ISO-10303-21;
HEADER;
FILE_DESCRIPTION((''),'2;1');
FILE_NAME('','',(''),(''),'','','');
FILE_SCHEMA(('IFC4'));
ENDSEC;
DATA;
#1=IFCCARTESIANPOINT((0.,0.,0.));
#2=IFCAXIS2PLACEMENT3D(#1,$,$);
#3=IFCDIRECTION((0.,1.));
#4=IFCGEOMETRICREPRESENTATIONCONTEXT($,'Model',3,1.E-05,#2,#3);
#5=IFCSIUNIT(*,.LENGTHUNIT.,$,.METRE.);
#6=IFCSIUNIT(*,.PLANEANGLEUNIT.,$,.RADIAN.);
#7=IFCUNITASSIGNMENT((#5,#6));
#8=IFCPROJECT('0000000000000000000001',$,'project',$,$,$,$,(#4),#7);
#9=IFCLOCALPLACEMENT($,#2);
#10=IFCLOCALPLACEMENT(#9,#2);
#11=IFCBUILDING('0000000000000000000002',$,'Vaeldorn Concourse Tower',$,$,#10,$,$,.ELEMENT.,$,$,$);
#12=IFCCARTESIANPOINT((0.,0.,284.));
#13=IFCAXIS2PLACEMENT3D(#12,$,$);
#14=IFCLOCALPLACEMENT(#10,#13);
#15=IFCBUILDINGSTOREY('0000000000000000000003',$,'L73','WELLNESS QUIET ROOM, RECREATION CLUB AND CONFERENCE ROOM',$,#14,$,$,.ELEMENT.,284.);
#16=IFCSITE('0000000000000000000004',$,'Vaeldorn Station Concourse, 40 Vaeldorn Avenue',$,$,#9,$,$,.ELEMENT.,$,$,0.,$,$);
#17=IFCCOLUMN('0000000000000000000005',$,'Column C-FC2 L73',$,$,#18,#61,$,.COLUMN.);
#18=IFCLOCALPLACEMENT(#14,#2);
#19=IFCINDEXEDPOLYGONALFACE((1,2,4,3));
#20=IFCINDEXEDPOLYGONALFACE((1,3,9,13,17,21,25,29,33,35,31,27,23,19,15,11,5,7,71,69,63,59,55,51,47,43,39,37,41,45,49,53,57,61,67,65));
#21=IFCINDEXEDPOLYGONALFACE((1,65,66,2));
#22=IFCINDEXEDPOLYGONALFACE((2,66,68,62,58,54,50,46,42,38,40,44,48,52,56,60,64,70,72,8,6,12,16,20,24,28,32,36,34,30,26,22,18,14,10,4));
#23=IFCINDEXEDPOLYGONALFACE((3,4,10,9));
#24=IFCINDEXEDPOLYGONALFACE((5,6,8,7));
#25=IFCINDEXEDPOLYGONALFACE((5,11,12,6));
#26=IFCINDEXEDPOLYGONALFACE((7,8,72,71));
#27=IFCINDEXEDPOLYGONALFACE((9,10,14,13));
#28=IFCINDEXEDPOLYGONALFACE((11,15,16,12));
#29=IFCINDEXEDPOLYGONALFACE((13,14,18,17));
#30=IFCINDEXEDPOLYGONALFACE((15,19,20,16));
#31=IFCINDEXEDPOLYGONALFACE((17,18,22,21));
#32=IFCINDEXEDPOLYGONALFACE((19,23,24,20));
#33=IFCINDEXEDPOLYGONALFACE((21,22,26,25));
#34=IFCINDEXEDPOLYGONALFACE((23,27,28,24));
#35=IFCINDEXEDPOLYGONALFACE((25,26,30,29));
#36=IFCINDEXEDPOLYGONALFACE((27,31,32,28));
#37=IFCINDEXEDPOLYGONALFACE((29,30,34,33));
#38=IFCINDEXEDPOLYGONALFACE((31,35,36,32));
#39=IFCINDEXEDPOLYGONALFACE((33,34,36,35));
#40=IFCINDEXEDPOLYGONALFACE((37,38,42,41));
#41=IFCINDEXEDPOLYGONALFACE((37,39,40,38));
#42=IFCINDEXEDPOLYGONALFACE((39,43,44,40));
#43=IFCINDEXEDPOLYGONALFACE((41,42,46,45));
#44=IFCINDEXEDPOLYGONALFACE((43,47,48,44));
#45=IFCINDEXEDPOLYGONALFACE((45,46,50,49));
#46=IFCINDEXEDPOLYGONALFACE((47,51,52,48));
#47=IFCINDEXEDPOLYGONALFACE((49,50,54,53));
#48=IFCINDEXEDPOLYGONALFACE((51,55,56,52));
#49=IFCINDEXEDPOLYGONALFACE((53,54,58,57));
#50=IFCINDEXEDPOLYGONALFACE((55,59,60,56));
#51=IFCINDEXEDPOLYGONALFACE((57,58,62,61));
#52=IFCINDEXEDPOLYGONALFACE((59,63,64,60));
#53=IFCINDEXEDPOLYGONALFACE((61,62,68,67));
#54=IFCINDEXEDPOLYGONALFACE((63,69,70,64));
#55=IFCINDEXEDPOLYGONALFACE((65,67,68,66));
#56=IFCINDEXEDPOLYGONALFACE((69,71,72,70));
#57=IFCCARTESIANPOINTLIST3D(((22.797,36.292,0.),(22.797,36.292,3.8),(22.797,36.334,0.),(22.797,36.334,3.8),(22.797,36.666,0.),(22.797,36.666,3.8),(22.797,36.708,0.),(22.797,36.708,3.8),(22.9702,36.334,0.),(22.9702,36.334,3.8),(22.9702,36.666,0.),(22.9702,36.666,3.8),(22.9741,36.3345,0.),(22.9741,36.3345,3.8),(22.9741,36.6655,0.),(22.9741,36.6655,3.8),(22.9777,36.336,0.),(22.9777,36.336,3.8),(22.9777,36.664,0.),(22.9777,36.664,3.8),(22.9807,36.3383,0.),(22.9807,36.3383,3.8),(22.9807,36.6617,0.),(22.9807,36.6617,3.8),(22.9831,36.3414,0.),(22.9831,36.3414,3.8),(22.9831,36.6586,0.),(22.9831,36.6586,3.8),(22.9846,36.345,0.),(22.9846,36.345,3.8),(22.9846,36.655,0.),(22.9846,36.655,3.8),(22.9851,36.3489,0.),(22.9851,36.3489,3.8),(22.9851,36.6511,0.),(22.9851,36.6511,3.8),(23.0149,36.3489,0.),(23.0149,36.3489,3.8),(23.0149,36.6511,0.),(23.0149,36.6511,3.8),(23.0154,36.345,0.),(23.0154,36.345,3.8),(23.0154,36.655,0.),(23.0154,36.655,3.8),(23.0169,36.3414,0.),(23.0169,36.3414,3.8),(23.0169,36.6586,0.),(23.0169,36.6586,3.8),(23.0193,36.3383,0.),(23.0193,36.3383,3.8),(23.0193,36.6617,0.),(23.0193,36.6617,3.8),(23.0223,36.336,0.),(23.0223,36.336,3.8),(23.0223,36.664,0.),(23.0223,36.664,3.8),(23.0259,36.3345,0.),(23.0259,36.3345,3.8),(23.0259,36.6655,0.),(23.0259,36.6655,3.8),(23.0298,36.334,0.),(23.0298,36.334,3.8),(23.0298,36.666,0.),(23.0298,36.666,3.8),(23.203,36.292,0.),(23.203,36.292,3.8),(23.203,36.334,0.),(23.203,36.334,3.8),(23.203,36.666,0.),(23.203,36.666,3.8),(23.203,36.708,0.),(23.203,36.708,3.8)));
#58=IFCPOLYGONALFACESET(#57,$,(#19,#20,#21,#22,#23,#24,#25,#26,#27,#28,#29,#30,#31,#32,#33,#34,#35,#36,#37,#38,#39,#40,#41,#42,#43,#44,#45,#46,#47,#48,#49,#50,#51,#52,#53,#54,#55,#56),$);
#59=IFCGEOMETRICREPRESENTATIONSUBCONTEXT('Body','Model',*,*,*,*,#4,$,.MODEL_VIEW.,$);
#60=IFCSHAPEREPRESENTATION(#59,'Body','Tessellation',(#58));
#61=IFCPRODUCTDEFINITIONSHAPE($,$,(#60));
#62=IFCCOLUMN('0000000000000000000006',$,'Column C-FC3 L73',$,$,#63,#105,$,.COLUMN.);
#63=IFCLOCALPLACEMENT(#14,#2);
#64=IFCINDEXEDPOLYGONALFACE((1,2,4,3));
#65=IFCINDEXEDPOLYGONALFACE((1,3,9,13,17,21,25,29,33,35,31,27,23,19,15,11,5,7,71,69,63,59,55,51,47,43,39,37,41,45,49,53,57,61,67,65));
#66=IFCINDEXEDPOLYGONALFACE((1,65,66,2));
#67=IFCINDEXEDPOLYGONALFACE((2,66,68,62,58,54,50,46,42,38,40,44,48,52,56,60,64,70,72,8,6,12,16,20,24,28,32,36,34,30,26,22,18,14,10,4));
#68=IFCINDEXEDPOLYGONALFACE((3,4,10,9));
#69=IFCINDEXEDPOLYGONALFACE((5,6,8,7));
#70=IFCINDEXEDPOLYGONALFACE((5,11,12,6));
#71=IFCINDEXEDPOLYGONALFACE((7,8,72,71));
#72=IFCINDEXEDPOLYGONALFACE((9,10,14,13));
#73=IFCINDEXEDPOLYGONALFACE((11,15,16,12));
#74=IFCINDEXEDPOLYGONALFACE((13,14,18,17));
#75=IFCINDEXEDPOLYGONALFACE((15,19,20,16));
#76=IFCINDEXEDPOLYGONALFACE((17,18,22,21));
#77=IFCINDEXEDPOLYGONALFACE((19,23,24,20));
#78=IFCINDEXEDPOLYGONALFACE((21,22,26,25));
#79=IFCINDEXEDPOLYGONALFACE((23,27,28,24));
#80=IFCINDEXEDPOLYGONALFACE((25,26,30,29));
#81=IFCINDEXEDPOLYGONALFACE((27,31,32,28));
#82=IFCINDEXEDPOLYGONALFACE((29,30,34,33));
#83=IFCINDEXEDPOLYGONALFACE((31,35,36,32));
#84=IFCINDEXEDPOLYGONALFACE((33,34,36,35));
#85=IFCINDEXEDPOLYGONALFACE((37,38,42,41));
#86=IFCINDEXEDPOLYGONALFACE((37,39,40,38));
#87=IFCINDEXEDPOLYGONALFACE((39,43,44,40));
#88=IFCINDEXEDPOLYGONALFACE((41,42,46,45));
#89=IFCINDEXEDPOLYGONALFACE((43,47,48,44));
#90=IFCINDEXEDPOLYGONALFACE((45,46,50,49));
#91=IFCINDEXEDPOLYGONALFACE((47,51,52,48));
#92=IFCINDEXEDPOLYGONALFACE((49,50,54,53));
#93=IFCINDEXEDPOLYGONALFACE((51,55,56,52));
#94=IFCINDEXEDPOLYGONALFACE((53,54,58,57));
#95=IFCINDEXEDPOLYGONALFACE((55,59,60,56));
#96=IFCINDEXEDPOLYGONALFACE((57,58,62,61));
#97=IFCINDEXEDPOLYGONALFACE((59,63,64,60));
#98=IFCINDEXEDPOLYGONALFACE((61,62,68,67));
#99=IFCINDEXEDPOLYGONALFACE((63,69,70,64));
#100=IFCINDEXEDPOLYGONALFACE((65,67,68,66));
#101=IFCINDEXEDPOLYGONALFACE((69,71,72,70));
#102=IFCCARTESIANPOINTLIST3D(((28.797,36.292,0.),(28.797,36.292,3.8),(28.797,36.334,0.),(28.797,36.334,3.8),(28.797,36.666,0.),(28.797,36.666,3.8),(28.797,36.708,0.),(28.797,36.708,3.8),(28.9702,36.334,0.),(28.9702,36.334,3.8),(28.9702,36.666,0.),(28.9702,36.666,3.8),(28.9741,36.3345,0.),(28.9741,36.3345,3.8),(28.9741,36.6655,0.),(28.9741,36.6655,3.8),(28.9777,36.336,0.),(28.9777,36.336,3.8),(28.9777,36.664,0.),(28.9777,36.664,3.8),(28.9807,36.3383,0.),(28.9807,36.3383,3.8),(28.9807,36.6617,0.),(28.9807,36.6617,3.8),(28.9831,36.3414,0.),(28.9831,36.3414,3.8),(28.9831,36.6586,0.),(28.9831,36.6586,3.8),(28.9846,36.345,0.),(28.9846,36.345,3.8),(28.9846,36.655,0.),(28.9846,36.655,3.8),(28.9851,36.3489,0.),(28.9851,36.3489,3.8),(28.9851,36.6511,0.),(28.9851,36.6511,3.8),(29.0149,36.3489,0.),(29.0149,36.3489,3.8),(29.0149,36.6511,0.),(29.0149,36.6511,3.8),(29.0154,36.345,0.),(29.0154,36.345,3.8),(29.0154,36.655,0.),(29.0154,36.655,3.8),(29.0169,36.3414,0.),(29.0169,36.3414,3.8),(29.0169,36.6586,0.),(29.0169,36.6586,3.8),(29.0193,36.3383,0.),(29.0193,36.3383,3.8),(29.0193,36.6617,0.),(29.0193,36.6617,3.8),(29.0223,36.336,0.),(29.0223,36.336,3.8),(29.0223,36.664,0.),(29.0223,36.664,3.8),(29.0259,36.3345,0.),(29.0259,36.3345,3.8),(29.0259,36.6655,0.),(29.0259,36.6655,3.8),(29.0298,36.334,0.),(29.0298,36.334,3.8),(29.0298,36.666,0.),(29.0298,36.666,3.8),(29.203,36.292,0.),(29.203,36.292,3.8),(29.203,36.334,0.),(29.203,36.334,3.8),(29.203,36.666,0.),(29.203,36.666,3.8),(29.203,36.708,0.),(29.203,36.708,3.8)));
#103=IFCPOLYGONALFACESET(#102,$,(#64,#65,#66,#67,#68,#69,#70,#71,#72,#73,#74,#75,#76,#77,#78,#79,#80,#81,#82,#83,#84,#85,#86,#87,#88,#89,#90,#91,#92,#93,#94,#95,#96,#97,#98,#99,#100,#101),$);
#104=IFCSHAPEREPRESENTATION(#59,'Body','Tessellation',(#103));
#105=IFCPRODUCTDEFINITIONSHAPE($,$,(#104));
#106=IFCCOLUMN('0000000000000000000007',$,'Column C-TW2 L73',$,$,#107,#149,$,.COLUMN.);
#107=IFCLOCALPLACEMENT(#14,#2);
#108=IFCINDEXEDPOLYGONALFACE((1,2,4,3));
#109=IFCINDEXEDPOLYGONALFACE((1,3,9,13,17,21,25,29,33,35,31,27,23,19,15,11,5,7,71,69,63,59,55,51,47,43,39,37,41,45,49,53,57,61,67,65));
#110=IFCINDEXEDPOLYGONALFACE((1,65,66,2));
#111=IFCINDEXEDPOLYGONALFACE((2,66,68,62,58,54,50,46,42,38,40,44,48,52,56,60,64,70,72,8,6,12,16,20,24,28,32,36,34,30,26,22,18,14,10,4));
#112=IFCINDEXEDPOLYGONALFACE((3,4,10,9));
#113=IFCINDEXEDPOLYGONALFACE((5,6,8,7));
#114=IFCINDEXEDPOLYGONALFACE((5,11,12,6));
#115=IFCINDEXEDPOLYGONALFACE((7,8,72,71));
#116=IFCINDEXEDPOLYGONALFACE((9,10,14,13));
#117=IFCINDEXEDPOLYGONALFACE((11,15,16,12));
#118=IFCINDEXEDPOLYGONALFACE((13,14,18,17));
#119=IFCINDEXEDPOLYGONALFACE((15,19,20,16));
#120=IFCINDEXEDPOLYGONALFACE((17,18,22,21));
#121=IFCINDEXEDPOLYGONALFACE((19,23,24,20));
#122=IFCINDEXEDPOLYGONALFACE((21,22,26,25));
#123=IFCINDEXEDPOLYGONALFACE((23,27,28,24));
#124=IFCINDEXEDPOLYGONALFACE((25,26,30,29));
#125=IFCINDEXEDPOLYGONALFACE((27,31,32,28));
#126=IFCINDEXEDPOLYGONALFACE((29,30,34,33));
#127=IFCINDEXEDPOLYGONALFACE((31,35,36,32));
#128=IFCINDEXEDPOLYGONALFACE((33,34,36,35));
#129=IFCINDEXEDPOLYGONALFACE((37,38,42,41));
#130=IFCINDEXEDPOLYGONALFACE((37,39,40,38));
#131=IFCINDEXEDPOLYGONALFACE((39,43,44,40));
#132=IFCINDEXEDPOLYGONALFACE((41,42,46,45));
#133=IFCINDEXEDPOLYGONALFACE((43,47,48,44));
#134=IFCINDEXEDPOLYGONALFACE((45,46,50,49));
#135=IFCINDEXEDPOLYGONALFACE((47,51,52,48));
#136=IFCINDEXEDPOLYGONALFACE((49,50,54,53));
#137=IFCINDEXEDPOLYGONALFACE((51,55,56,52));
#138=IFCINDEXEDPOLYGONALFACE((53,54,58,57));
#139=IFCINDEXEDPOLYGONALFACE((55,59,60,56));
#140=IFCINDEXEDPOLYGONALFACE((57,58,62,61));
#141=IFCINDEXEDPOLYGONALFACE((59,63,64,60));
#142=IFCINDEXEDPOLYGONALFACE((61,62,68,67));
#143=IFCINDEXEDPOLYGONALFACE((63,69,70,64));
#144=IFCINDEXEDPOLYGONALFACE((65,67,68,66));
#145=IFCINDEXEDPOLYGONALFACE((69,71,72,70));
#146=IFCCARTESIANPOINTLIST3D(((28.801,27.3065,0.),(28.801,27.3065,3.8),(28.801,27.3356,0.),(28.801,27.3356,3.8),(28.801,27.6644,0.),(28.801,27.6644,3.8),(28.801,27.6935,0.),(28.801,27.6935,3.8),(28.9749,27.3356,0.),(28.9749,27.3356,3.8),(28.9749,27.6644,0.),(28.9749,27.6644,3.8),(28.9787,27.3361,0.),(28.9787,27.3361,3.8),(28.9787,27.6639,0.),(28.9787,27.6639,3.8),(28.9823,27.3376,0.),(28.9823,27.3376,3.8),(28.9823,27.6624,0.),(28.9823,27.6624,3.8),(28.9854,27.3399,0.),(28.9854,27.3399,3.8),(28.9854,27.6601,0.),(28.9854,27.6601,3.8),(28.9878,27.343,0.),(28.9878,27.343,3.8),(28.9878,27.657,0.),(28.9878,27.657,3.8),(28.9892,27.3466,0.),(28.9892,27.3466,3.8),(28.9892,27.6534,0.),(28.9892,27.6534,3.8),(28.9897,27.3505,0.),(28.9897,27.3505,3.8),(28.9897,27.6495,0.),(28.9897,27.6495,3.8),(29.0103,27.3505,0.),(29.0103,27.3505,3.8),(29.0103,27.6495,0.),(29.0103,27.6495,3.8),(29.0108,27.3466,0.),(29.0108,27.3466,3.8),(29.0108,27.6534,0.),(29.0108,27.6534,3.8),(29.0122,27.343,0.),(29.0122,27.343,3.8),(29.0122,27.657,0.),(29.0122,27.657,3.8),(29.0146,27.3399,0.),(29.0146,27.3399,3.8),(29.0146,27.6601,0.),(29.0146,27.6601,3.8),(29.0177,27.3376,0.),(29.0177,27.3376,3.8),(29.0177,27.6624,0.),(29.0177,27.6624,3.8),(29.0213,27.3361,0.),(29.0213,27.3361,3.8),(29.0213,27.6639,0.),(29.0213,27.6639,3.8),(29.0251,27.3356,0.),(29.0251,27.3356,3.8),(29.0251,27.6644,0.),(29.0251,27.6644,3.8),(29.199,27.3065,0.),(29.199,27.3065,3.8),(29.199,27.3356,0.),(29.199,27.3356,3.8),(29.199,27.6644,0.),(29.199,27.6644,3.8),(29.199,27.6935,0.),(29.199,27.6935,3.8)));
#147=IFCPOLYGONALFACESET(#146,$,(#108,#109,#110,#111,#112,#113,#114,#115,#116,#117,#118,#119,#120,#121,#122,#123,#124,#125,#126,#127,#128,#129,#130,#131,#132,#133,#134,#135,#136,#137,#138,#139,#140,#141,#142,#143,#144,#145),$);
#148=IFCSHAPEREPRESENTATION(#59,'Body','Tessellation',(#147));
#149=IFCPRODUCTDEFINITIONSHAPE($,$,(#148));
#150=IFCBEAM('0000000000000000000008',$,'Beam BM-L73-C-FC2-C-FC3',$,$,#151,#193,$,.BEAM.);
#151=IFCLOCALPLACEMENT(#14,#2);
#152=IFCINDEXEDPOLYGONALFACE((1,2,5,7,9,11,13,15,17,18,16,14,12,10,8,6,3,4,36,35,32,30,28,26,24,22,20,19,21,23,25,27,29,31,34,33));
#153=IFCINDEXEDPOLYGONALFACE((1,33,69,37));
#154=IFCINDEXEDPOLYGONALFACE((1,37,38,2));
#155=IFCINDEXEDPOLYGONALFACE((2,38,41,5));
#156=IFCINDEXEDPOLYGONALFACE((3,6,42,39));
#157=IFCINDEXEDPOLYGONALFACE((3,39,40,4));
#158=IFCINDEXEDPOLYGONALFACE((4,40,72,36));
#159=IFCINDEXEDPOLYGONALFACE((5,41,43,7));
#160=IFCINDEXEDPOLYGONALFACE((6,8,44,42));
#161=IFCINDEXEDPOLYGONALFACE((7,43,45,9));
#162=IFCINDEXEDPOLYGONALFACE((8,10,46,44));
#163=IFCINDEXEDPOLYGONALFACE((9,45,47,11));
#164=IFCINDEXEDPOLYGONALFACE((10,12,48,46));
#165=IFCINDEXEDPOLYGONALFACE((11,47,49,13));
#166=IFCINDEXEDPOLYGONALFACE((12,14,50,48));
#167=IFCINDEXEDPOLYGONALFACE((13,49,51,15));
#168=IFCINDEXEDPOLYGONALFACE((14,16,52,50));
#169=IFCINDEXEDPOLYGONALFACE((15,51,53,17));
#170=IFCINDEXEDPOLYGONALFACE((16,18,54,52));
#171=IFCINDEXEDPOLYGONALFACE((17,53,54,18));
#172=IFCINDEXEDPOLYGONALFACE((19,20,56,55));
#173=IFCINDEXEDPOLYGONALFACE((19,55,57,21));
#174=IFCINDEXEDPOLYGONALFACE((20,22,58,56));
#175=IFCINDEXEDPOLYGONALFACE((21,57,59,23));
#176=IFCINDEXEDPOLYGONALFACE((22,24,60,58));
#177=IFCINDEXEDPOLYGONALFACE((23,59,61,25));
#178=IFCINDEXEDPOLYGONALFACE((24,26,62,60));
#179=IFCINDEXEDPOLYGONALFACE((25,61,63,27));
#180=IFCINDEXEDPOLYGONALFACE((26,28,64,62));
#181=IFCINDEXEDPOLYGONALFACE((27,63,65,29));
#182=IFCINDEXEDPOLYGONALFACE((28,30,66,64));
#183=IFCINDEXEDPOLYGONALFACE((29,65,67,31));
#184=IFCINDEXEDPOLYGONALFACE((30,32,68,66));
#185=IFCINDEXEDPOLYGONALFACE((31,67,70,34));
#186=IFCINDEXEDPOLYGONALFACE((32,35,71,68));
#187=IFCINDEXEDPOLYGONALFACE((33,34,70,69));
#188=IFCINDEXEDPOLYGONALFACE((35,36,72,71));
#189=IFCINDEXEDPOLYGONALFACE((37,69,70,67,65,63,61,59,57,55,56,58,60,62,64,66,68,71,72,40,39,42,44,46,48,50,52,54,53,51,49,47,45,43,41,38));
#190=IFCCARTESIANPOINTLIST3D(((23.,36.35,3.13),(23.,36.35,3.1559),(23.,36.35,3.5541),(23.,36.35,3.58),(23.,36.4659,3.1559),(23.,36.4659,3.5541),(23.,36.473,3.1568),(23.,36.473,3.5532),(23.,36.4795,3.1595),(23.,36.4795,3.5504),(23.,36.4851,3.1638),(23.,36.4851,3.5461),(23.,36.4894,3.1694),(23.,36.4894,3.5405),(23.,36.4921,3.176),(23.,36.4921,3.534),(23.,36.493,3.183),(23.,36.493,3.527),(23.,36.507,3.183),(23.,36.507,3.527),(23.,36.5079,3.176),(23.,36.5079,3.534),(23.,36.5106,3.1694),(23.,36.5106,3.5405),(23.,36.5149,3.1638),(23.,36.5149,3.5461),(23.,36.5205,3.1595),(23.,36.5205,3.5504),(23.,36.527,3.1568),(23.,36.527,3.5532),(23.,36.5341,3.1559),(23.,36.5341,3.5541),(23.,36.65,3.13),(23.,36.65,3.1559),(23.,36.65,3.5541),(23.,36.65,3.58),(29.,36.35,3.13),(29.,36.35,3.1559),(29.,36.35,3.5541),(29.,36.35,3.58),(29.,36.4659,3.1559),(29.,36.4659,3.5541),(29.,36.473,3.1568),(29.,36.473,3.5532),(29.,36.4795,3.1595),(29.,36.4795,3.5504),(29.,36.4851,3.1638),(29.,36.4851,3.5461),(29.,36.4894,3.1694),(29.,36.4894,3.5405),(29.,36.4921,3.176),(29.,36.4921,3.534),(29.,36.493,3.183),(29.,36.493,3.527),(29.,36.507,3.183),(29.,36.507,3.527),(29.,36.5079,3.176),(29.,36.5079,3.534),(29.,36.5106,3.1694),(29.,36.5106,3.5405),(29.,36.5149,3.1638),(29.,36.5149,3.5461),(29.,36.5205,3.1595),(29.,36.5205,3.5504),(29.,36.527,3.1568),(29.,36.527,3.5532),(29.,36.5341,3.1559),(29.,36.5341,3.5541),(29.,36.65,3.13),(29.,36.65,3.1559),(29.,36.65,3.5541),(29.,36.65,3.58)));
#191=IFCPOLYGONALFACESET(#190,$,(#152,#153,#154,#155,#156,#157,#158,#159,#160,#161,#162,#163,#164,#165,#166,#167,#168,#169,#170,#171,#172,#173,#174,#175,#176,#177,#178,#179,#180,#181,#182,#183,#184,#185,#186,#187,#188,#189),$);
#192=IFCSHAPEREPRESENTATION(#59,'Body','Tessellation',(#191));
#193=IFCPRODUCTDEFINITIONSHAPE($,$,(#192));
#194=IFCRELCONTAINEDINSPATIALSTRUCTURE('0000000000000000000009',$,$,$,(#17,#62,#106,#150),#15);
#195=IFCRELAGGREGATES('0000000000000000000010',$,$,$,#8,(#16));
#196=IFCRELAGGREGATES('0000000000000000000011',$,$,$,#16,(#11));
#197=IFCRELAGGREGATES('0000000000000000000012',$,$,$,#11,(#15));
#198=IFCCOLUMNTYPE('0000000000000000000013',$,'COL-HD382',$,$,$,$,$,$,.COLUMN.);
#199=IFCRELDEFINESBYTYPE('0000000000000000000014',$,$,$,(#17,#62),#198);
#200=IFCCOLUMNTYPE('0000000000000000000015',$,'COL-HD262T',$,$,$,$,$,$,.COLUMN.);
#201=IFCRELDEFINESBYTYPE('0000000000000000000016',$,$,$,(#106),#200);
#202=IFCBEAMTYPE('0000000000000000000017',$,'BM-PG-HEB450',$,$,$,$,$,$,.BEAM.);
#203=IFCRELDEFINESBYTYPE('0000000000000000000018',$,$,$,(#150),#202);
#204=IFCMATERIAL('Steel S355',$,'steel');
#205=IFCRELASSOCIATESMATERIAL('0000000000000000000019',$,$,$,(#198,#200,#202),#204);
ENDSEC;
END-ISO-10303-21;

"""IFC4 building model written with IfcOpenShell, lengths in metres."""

from ifc_helpers import new_model, si_unit, direction, frame, origin, origin_2d, place, context, subcontext, project, spatial, i_section, extrude, source, transform, mapped, material, material_profile, profile_set, type_object, element, save


model = new_model("IFC4")

# Units and contexts
model_context = context("Model", 3, precision=1e-05, world=origin(), true_north=direction((0.0, 1.0)))
body_context = subcontext(model_context, "Body", "Model", "MODEL_VIEW")
ifc_project = project(units=[si_unit("LENGTHUNIT", "METRE"), si_unit("PLANEANGLEUNIT", "RADIAN")], contexts=[model_context])

# Site, building, storey
site_placement = place(None, origin())
site = spatial("IfcSite", under=ifc_project, at=site_placement, Name="Vaeldorn Station Concourse, 40 Vaeldorn Avenue", CompositionType="ELEMENT", RefElevation=0.0)
building_placement = place(site_placement, origin())
building = spatial("IfcBuilding", under=site, at=building_placement, Name="Vaeldorn Concourse Tower", CompositionType="ELEMENT")
storey_placement = place(building_placement, frame((0.0, 0.0, 284.0)))
storey = spatial("IfcBuildingStorey", under=building, at=storey_placement, Name="L73", Description="WELLNESS QUIET ROOM, RECREATION CLUB AND CONFERENCE ROOM", CompositionType="ELEMENT", Elevation=284.0)

# Columns
ifc_material_1 = material(Name="Steel S355", Category="steel")
ifc_material_profile_1 = material_profile(ifc_material_1, i_section(OverallWidth=0.406, OverallDepth=0.416, WebThickness=0.0298, FlangeThickness=0.042, FilletRadius=0.0149, at=origin_2d()), Name="HD 400x382")
ifc_profile_set_1 = profile_set([ifc_material_profile_1], Name="Steel S355")
column_type_1 = type_object("IfcColumnType", Name="COL-HD382", PredefinedType="COLUMN", material=ifc_profile_set_1)
shared_shape_1 = source(origin(), body_context, "Body", "SweptSolid", [
    extrude(i_section(OverallWidth=0.406, OverallDepth=0.416, WebThickness=0.0298, FlangeThickness=0.042, FilletRadius=0.0149, at=origin_2d()), origin(), (0.0, 0.0, 1.0), 3.8),
])
for number, where, z_axis, x_axis, name in (
    (1, (23.0, 36.5, 0.0), (0.0, 0.0, 1.0), (1.0, 0.0, 0.0), "Column C-FC2 L73"),
    (2, (29.0, 36.5, 0.0), (0.0, 0.0, 1.0), (1.0, 0.0, 0.0), "Column C-FC3 L73"),
):
    element("IfcColumn", number, at=place(storey_placement, frame(where, z_axis=z_axis, x_axis=x_axis)), inside=storey, type_object=column_type_1, Name=name, PredefinedType="COLUMN", context=body_context, shape_type="MappedRepresentation", body=[
        mapped(shared_shape_1, transform((0.0, 0.0, 0.0), scale=1.0)),
    ])
ifc_material_profile_2 = material_profile(ifc_material_1, i_section(OverallWidth=0.3979, OverallDepth=0.387, WebThickness=0.0205, FlangeThickness=0.0291, FilletRadius=0.0149, at=origin_2d()), Name="HD 400x262")
ifc_profile_set_2 = profile_set([ifc_material_profile_2], Name="Steel S355")
column_type_2 = type_object("IfcColumnType", Name="COL-HD262T", PredefinedType="COLUMN", material=ifc_profile_set_2)
shared_shape_2 = source(origin(), body_context, "Body", "SweptSolid", [
    extrude(i_section(OverallWidth=0.3979, OverallDepth=0.387, WebThickness=0.0205, FlangeThickness=0.0291, FilletRadius=0.0149, at=origin_2d()), origin(), (0.0, 0.0, 1.0), 3.8),
])
column_placement = place(storey_placement, frame((29.0, 27.5, 0.0), z_axis=(0.0, 0.0, 1.0), x_axis=(1.0, 0.0, 0.0)))
element("IfcColumn", 3, at=column_placement, inside=storey, type_object=column_type_2, Name="Column C-TW2 L73", PredefinedType="COLUMN", context=body_context, shape_type="MappedRepresentation", body=[
    mapped(shared_shape_2, transform((0.0, 0.0, 0.0), scale=1.0)),
])

# Beam
ifc_material_profile_3 = material_profile(ifc_material_1, i_section(OverallWidth=0.3, OverallDepth=0.45, WebThickness=0.0139, FlangeThickness=0.0259, FilletRadius=0.0271, at=origin_2d()), Name="HEB 450")
ifc_profile_set_3 = profile_set([ifc_material_profile_3], Name="Steel S355")
beam_type_1 = type_object("IfcBeamType", Name="BM-PG-HEB450", PredefinedType="BEAM", material=ifc_profile_set_3)
shared_shape_3 = source(origin(), body_context, "Body", "SweptSolid", [
    extrude(i_section(OverallWidth=0.3, OverallDepth=0.45, WebThickness=0.0139, FlangeThickness=0.0259, FilletRadius=0.0271, at=origin_2d()), origin(), (0.0, 0.0, 1.0), 6.0),
])
beam_1_placement = place(storey_placement, frame((23.0, 36.5, 3.355), z_axis=(1.0, 0.0, 0.0), x_axis=(0.0, 1.0, 0.0)))
element("IfcBeam", 4, at=beam_1_placement, inside=storey, type_object=beam_type_1, Name="Beam BM-L73-C-FC2-C-FC3", PredefinedType="BEAM", context=body_context, shape_type="MappedRepresentation", body=[
    mapped(shared_shape_3, transform((0.0, 0.0, 0.0), scale=1.0)),
])

save(model, "model.ifc")
